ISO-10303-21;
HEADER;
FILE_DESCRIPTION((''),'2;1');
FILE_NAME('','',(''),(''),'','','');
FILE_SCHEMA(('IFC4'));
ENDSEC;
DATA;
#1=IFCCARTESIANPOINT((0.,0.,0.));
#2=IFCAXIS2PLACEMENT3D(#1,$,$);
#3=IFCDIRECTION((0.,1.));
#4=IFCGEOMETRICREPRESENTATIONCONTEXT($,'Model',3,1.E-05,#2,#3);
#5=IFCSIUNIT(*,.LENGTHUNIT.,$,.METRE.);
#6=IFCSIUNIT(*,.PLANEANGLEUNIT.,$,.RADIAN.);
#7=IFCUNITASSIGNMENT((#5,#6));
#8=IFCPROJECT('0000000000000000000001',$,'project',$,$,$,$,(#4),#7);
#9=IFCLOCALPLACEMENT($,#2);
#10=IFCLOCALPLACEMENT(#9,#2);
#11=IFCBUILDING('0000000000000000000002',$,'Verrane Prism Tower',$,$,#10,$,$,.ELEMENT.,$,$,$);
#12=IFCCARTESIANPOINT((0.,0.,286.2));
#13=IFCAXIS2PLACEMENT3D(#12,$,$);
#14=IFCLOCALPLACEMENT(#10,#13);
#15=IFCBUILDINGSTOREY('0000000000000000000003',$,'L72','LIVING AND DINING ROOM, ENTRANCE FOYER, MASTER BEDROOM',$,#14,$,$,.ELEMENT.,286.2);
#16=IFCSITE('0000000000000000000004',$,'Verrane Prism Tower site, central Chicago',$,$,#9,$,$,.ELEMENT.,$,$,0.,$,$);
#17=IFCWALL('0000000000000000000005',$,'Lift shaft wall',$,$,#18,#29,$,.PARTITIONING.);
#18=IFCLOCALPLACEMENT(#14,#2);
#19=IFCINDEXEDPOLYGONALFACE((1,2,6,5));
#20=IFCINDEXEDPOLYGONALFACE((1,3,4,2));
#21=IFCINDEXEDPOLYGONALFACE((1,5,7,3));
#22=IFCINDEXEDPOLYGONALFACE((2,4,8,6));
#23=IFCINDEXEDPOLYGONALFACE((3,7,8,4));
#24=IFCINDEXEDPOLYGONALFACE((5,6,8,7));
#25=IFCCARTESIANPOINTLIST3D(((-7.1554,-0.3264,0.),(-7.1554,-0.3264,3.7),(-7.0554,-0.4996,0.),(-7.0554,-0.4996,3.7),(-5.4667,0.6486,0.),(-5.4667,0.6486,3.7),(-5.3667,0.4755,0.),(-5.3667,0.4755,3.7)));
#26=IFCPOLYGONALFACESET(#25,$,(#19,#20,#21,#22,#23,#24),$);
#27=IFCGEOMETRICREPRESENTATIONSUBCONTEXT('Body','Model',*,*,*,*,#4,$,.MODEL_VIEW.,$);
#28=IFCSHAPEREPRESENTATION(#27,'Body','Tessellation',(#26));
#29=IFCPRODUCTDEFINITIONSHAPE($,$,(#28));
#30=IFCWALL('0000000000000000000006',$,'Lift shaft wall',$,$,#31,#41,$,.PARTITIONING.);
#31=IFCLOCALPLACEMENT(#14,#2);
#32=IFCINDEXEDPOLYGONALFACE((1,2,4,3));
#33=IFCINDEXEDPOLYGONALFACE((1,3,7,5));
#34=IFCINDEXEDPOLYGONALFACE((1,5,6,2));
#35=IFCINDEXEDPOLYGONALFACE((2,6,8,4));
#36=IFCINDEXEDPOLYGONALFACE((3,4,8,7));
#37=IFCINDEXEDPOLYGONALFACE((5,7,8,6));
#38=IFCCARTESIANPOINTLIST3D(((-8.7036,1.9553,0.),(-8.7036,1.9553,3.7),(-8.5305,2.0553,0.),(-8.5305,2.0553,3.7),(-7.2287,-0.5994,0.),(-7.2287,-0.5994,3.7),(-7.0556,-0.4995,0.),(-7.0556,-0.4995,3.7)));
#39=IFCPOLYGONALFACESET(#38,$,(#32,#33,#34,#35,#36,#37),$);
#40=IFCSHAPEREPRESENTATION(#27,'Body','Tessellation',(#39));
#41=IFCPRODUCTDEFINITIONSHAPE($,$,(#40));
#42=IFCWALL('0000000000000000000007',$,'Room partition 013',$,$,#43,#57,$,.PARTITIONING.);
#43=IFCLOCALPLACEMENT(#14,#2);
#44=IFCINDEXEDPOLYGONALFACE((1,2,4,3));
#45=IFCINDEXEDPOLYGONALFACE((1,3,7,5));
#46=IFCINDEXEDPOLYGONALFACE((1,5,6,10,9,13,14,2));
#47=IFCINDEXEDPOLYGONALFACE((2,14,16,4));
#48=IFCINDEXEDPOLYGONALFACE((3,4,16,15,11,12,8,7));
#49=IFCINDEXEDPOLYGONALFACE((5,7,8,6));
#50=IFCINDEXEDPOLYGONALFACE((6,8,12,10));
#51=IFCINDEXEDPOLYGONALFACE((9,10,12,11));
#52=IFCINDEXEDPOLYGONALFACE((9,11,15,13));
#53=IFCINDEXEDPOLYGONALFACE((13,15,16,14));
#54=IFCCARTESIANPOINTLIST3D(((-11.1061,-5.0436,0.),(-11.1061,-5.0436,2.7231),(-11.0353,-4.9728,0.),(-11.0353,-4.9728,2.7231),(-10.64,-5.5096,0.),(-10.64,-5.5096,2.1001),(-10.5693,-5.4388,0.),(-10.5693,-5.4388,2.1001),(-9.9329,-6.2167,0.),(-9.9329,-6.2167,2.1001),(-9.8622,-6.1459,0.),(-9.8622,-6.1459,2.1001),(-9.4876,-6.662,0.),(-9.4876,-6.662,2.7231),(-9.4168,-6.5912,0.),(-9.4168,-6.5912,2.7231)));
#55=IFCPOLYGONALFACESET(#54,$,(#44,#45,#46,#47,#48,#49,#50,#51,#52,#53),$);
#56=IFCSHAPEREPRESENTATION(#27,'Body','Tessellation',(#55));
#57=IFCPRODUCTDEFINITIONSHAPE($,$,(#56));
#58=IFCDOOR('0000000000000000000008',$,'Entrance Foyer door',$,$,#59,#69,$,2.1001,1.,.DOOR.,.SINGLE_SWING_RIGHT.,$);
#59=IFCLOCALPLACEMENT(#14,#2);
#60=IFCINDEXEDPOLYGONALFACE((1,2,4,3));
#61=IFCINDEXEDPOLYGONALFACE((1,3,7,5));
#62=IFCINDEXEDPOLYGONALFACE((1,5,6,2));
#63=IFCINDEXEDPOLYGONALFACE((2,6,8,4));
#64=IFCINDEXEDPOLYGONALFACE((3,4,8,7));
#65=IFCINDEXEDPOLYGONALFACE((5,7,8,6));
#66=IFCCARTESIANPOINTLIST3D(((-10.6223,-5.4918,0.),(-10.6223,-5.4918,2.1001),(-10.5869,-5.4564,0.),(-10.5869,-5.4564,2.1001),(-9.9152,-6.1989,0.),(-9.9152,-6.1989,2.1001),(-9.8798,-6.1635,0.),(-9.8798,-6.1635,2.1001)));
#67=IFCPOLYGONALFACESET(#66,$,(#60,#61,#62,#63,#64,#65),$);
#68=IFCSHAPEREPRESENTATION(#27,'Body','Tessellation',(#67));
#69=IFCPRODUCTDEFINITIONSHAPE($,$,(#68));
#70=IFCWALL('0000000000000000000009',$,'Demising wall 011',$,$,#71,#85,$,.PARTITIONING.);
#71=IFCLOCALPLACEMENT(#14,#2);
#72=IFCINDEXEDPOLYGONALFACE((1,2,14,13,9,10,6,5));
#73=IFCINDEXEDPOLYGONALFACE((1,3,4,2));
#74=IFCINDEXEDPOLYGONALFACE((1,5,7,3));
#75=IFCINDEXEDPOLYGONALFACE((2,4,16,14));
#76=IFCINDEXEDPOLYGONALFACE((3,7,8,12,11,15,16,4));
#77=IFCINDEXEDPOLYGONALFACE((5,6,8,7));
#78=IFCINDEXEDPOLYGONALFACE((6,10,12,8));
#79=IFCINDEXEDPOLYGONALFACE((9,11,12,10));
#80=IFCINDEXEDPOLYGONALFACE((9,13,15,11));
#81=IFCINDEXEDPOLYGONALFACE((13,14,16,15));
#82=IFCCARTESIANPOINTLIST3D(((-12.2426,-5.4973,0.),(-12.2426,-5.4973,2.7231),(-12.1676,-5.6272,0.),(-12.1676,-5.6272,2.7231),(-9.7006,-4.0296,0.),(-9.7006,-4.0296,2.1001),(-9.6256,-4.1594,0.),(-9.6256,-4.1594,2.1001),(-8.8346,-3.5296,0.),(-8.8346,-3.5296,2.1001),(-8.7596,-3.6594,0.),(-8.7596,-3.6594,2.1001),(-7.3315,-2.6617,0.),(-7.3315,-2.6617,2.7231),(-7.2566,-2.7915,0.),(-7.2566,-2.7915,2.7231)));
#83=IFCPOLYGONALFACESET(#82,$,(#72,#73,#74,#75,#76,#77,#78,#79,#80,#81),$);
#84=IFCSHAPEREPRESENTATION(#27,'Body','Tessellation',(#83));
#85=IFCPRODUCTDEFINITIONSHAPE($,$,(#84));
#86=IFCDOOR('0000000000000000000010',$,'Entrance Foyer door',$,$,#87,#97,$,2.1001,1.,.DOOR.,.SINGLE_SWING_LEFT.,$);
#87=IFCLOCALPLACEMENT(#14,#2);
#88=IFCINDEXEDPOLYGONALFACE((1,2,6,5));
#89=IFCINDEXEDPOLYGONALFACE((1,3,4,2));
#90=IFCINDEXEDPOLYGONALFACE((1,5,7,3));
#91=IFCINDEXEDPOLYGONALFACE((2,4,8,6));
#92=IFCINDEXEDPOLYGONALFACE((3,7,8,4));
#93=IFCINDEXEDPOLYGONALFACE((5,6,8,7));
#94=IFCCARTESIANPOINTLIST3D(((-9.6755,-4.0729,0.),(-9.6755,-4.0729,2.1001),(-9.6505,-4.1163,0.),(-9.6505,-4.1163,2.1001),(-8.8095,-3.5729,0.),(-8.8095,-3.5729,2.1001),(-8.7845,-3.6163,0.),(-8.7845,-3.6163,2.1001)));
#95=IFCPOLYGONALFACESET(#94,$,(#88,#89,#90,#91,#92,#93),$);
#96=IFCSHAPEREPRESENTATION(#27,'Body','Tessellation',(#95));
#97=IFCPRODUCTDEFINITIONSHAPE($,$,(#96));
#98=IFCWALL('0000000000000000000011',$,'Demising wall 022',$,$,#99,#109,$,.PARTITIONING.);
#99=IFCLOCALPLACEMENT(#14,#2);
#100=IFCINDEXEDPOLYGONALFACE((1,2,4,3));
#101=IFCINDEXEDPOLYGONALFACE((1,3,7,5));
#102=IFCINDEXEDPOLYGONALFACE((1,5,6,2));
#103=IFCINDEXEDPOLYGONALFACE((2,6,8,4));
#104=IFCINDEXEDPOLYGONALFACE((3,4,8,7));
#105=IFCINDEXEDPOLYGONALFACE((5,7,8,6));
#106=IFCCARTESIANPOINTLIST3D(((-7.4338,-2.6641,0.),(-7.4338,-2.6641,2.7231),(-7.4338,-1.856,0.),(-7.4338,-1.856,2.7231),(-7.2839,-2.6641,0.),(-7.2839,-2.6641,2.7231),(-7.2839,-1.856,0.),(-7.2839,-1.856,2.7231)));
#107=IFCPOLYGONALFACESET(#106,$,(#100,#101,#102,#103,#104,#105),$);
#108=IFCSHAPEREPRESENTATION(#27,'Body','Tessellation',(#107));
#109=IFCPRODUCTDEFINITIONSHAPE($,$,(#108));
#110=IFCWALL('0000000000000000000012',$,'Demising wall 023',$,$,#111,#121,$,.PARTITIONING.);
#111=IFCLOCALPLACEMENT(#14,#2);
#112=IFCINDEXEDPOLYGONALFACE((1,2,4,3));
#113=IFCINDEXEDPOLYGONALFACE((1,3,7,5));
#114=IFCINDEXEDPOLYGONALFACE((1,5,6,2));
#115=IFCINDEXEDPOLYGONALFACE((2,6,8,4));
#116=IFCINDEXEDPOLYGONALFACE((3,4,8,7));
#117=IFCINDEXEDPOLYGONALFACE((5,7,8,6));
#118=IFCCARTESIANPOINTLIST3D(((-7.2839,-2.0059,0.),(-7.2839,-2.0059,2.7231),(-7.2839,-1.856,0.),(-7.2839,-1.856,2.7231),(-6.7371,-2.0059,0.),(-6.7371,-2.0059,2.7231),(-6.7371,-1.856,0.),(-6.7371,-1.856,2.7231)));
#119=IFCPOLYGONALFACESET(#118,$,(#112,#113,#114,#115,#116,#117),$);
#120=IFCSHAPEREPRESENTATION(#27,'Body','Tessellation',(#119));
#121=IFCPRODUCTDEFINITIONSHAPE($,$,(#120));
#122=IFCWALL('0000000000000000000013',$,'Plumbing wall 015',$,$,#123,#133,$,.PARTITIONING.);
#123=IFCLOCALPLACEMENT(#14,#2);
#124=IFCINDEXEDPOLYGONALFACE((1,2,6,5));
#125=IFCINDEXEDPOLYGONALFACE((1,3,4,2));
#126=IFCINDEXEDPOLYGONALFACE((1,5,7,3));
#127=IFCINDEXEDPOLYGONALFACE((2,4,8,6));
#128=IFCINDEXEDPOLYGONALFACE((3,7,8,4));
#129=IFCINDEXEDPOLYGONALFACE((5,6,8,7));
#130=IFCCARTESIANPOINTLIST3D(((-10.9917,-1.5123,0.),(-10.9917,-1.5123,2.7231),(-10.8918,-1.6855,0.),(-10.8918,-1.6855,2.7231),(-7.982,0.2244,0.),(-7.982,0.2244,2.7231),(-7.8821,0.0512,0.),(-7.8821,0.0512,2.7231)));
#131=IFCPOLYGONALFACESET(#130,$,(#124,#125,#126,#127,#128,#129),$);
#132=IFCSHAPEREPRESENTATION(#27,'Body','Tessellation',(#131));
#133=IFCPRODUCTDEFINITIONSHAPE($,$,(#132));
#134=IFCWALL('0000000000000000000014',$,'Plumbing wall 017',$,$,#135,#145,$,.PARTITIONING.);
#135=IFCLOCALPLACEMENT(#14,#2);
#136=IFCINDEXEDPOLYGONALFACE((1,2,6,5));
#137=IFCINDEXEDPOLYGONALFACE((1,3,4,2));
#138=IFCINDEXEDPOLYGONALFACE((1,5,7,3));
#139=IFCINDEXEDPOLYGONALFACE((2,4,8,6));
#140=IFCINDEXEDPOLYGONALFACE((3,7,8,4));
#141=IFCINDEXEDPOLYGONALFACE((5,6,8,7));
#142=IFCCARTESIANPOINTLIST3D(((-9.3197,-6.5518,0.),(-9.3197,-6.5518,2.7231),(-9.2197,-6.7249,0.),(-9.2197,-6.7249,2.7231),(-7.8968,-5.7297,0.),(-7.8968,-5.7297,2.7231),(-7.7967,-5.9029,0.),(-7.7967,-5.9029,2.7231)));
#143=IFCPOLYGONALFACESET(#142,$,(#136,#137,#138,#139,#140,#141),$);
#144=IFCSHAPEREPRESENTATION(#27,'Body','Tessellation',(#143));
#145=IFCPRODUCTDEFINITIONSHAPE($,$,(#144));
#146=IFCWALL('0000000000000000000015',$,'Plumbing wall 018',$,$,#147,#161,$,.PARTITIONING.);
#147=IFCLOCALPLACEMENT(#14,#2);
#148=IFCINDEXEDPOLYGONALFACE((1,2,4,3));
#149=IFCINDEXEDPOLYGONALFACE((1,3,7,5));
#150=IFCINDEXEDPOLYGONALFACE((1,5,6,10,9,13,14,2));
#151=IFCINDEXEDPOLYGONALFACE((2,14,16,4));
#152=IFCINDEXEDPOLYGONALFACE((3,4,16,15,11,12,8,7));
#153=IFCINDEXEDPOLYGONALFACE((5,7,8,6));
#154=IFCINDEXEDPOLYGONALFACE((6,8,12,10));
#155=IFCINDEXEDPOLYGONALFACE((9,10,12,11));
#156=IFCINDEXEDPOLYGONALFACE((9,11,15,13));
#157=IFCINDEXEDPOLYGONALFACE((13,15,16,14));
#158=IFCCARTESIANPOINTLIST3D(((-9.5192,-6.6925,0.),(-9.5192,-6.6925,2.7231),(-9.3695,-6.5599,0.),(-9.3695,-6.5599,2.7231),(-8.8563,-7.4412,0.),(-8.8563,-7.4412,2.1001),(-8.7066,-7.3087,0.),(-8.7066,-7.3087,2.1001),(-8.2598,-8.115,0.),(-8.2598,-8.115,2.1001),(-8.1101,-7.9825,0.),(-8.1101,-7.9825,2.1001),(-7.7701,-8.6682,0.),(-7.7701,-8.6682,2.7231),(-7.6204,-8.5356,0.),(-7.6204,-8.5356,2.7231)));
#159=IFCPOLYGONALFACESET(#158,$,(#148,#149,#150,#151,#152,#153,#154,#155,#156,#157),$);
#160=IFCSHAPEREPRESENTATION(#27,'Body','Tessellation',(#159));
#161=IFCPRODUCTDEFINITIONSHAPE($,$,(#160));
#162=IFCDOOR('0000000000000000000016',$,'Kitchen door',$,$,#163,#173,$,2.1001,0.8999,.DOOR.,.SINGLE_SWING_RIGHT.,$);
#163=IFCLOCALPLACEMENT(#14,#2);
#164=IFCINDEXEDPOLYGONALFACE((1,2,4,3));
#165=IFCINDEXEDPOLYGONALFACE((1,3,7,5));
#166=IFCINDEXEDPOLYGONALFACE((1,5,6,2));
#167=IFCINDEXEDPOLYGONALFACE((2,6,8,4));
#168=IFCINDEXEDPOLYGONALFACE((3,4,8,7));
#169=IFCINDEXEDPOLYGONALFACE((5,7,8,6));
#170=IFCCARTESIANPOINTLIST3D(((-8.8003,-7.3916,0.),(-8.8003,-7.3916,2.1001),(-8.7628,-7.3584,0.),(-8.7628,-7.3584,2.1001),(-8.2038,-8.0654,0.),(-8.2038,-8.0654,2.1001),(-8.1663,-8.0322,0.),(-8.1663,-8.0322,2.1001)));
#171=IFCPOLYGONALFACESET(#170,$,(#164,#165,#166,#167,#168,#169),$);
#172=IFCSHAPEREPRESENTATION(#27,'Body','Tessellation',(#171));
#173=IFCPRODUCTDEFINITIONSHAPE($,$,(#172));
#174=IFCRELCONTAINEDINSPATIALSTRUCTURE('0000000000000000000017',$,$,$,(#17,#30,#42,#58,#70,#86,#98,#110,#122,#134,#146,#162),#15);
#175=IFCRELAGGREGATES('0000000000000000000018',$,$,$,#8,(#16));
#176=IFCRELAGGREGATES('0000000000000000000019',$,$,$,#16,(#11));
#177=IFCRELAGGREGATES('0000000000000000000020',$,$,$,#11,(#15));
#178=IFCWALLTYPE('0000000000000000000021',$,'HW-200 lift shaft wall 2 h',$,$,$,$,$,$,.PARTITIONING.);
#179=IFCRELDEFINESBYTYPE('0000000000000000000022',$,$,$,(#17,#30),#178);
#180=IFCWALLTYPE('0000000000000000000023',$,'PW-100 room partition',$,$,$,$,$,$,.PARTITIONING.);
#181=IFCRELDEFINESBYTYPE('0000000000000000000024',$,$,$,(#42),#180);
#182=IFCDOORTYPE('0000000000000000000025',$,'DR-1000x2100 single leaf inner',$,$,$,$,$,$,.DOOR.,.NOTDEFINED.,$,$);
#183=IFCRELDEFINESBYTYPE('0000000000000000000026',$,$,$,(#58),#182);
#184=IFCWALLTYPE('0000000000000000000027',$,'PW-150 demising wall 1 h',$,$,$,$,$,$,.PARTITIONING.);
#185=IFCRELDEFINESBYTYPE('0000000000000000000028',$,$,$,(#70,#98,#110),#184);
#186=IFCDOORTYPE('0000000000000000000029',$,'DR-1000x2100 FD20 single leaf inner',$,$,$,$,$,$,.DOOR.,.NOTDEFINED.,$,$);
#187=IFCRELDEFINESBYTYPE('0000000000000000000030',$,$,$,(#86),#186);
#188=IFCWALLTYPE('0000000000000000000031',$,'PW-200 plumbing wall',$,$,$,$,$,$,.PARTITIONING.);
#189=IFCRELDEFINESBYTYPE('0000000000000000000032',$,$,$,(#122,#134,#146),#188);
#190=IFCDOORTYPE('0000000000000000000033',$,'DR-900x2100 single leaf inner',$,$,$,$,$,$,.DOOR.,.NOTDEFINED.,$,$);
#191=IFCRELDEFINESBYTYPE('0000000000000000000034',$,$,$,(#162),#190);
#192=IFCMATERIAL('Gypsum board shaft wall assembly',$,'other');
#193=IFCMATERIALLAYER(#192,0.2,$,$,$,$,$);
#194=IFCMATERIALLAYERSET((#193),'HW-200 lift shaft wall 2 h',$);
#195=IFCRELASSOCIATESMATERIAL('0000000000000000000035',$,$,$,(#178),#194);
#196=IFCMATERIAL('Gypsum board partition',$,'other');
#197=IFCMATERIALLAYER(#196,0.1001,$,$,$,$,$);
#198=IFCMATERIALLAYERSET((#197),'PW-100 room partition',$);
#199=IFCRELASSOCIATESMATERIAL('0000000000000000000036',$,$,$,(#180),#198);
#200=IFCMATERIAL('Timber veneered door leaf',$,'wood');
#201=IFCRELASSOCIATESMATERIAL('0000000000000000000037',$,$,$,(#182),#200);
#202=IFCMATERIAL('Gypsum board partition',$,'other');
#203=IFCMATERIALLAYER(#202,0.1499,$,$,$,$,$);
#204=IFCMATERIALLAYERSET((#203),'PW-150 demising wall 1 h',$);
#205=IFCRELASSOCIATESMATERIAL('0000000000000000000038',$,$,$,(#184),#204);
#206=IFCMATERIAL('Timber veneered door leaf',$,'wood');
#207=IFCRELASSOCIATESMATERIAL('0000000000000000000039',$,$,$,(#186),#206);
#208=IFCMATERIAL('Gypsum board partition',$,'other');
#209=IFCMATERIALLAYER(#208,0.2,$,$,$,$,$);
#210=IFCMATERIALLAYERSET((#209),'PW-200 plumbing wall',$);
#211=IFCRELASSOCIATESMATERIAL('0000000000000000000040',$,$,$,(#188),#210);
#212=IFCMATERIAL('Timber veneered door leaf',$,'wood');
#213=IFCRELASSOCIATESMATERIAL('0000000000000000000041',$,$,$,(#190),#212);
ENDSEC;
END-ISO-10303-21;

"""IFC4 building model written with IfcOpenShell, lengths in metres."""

from ifc_helpers import new_model, si_unit, direction, frame, frame_2d, origin, place, context, subcontext, project, spatial, rectangle, extrude, material, layer, layer_set, type_object, element, fill, save


model = new_model("IFC4")

# Units and contexts
model_context = context("Model", 3, precision=1e-05, world=origin(), true_north=direction((0.0, 1.0)))
body_context = subcontext(model_context, "Body", "Model", "MODEL_VIEW")
ifc_project = project(units=[si_unit("LENGTHUNIT", "METRE"), si_unit("PLANEANGLEUNIT", "RADIAN")], contexts=[model_context])

# Site, building, storey
site_placement = place(None, origin())
site = spatial("IfcSite", under=ifc_project, at=site_placement, Name="Verrane Prism Tower site, central Chicago", CompositionType="ELEMENT", RefElevation=0.0)
building_placement = place(site_placement, origin())
building = spatial("IfcBuilding", under=site, at=building_placement, Name="Verrane Prism Tower", CompositionType="ELEMENT")
storey_placement = place(building_placement, frame((0.0, 0.0, 286.2)))
storey = spatial("IfcBuildingStorey", under=building, at=storey_placement, Name="L72", Description="LIVING AND DINING ROOM, ENTRANCE FOYER, MASTER BEDROOM", CompositionType="ELEMENT", Elevation=286.2)

# Shared definitions
ifc_material_1 = material(Name="Gypsum board shaft wall assembly", Category="other")
ifc_layer_1 = layer(ifc_material_1, 0.2)
ifc_layer_set_1 = layer_set([ifc_layer_1], Name="HW-200 lift shaft wall 2 h")
wall_type_1 = type_object("IfcWallType", Name="HW-200 lift shaft wall 2 h", PredefinedType="PARTITIONING", material=ifc_layer_set_1)

# Walls
wall_1_placement = place(storey_placement, frame((-7.1055, -0.4131, 0.0), z_axis=(0.0, 0.0, 1.0), x_axis=(0.866, 0.500044, 0.0)))
element("IfcWall", 1, at=wall_1_placement, inside=storey, type_object=wall_type_1, Name="Lift shaft wall", PredefinedType="PARTITIONING", context=body_context, shape_type="SweptSolid", body=[
    extrude(rectangle(XDim=1.95, YDim=0.2, at=frame_2d((0.9751, 0.0))), origin(), (0.0, 0.0, 1.0), 3.7),
])
wall_2_placement = place(storey_placement, frame((-7.1421, -0.5496, 0.0), z_axis=(0.0, 0.0, 1.0), x_axis=(-0.499976, 0.866039, 0.0)))
element("IfcWall", 2, at=wall_2_placement, inside=storey, type_object=wall_type_1, Name="Lift shaft wall", PredefinedType="PARTITIONING", context=body_context, shape_type="SweptSolid", body=[
    extrude(rectangle(XDim=2.95, YDim=0.2, at=frame_2d((1.4751, 0.0))), origin(), (0.0, 0.0, 1.0), 3.7),
])

# Walls, openings, doors
ifc_material_2 = material(Name="Gypsum board partition", Category="other")
ifc_layer_2 = layer(ifc_material_2, 0.1001)
ifc_layer_set_2 = layer_set([ifc_layer_2], Name="PW-100 room partition")
wall_type_2 = type_object("IfcWallType", Name="PW-100 room partition", PredefinedType="PARTITIONING", material=ifc_layer_set_2)
wall_3_placement = place(storey_placement, frame((-9.4521, -6.6267, 0.0), z_axis=(0.0, 0.0, 1.0), x_axis=(-0.707107, 0.707107, 0.0)))
wall_3 = element("IfcWall", 3, at=wall_3_placement, inside=storey, type_object=wall_type_2, Name="Room partition 013", PredefinedType="PARTITIONING", context=body_context, shape_type="SweptSolid", body=[
    extrude(rectangle(XDim=2.2888, YDim=0.1001, at=frame_2d((1.1445, 0.0))), origin(), (0.0, 0.0, 1.0), 2.7231),
])
opening_1_placement = place(wall_3_placement, frame((0.6299, 0.0, 0.0)))
opening_1 = element("IfcOpeningElement", 4, at=opening_1_placement, cuts=wall_3, PredefinedType="OPENING", context=body_context, shape_type="SweptSolid", body=[
    extrude(rectangle(XDim=1.0, YDim=2.1001, at=frame_2d((0.5, 1.05))), frame((0.0, 0.0601, 0.0), z_axis=(0.0, -1.0, 0.0), x_axis=(1.0, 0.0, 0.0)), (0.0, 0.0, 1.0), 0.1201),
])
ifc_material_3 = material(Name="Timber veneered door leaf", Category="wood")
door_type_1 = type_object("IfcDoorType", Name="DR-1000x2100 single leaf inner", OperationType="NOTDEFINED", PredefinedType="DOOR", material=ifc_material_3)
door_1_placement = place(opening_1_placement, origin())
door_1 = element("IfcDoor", 5, at=door_1_placement, inside=storey, type_object=door_type_1, Name="Entrance Foyer door", OperationType="SINGLE_SWING_RIGHT", OverallHeight=2.1001, OverallWidth=1.0, PredefinedType="DOOR", context=body_context, shape_type="SweptSolid", body=[
    extrude(rectangle(XDim=1.0, YDim=2.1001, at=frame_2d((0.5, 1.05))), frame((0.0, 0.0249, 0.0), z_axis=(0.0, -1.0, 0.0), x_axis=(1.0, 0.0, 0.0)), (0.0, 0.0, 1.0), 0.05),
])
fill(opening_1, door_1)
ifc_material_4 = material(Name="Gypsum board partition", Category="other")
ifc_layer_3 = layer(ifc_material_4, 0.1499)
ifc_layer_set_3 = layer_set([ifc_layer_3], Name="PW-150 demising wall 1 h")
wall_type_3 = type_object("IfcWallType", Name="PW-150 demising wall 1 h", PredefinedType="PARTITIONING", material=ifc_layer_set_3)
wall_4_placement = place(storey_placement, frame((-12.2051, -5.5623, 0.0), z_axis=(0.0, 0.0, 1.0), x_axis=(0.866006, 0.500033, 0.0)))
wall_4 = element("IfcWall", 6, at=wall_4_placement, inside=storey, type_object=wall_type_3, Name="Demising wall 011", PredefinedType="PARTITIONING", context=body_context, shape_type="SweptSolid", body=[
    extrude(rectangle(XDim=5.6709, YDim=0.1499, at=frame_2d((2.8354, 0.0))), origin(), (0.0, 0.0, 1.0), 2.7231),
])
opening_2_placement = place(wall_4_placement, frame((2.9353, 0.0, 0.0)))
opening_2 = element("IfcOpeningElement", 7, at=opening_2_placement, cuts=wall_4, PredefinedType="OPENING", context=body_context, shape_type="SweptSolid", body=[
    extrude(rectangle(XDim=1.0, YDim=2.1001, at=frame_2d((0.5, 1.05))), frame((0.0, 0.085, 0.0), z_axis=(0.0, -1.0, 0.0), x_axis=(1.0, 0.0, 0.0)), (0.0, 0.0, 1.0), 0.1699),
])
ifc_material_5 = material(Name="Timber veneered door leaf", Category="wood")
door_type_2 = type_object("IfcDoorType", Name="DR-1000x2100 FD20 single leaf inner", OperationType="NOTDEFINED", PredefinedType="DOOR", material=ifc_material_5)
door_2_placement = place(opening_2_placement, origin())
door_2 = element("IfcDoor", 8, at=door_2_placement, inside=storey, type_object=door_type_2, Name="Entrance Foyer door", OperationType="SINGLE_SWING_LEFT", OverallHeight=2.1001, OverallWidth=1.0, PredefinedType="DOOR", context=body_context, shape_type="SweptSolid", body=[
    extrude(rectangle(XDim=1.0, YDim=2.1001, at=frame_2d((0.5, 1.05))), frame((0.0, 0.0249, 0.0), z_axis=(0.0, -1.0, 0.0), x_axis=(1.0, 0.0, 0.0)), (0.0, 0.0, 1.0), 0.05),
])
fill(opening_2, door_2)

# Walls
wall_5_placement = place(storey_placement, frame((-7.3589, -2.6641, 0.0), z_axis=(0.0, 0.0, 1.0), x_axis=(0.0, 1.0, 0.0)))
element("IfcWall", 9, at=wall_5_placement, inside=storey, type_object=wall_type_3, Name="Demising wall 022", PredefinedType="PARTITIONING", context=body_context, shape_type="SweptSolid", body=[
    extrude(rectangle(XDim=0.8081, YDim=0.1499, at=frame_2d((0.4041, 0.0))), origin(), (0.0, 0.0, 1.0), 2.7231),
])
wall_6_placement = place(storey_placement, frame((-7.2839, -1.9309, 0.0), z_axis=(0.0, 0.0, 1.0), x_axis=(1.0, 0.0, 0.0)))
element("IfcWall", 10, at=wall_6_placement, inside=storey, type_object=wall_type_3, Name="Demising wall 023", PredefinedType="PARTITIONING", context=body_context, shape_type="SweptSolid", body=[
    extrude(rectangle(XDim=0.5469, YDim=0.1499, at=frame_2d((0.2734, 0.0))), origin(), (0.0, 0.0, 1.0), 2.7231),
])
ifc_material_6 = material(Name="Gypsum board partition", Category="other")
ifc_layer_4 = layer(ifc_material_6, 0.2)
ifc_layer_set_4 = layer_set([ifc_layer_4], Name="PW-200 plumbing wall")
wall_type_4 = type_object("IfcWallType", Name="PW-200 plumbing wall", PredefinedType="PARTITIONING", material=ifc_layer_set_4)
wall_7_placement = place(storey_placement, frame((-10.9417, -1.5989, 0.0), z_axis=(0.0, 0.0, 1.0), x_axis=(0.866134, 0.499812, 0.0)))
element("IfcWall", 11, at=wall_7_placement, inside=storey, type_object=wall_type_4, Name="Plumbing wall 015", PredefinedType="PARTITIONING", context=body_context, shape_type="SweptSolid", body=[
    extrude(rectangle(XDim=3.4749, YDim=0.2, at=frame_2d((1.7373, 0.0))), origin(), (0.0, 0.0, 1.0), 2.7231),
])
wall_8_placement = place(storey_placement, frame((-9.2698, -6.6384, 0.0), z_axis=(0.0, 0.0, 1.0), x_axis=(0.865884, 0.500245, 0.0)))
element("IfcWall", 12, at=wall_8_placement, inside=storey, type_object=wall_type_4, Name="Plumbing wall 017", PredefinedType="PARTITIONING", context=body_context, shape_type="SweptSolid", body=[
    extrude(rectangle(XDim=1.6433, YDim=0.2, at=frame_2d((0.8218, 0.0))), origin(), (0.0, 0.0, 1.0), 2.7231),
])

# Wall, opening, door
wall_9_placement = place(storey_placement, frame((-9.4443, -6.6262, 0.0), z_axis=(0.0, 0.0, 1.0), x_axis=(0.662869, -0.748735, 0.0)))
wall_9 = element("IfcWall", 13, at=wall_9_placement, inside=storey, type_object=wall_type_4, Name="Plumbing wall 018", PredefinedType="PARTITIONING", context=body_context, shape_type="SweptSolid", body=[
    extrude(rectangle(XDim=2.6387, YDim=0.2, at=frame_2d((1.3193, 0.0))), origin(), (0.0, 0.0, 1.0), 2.7231),
])
opening_3_placement = place(wall_9_placement, frame((1.0, 0.0, 0.0)))
opening_3 = element("IfcOpeningElement", 14, at=opening_3_placement, cuts=wall_9, PredefinedType="OPENING", context=body_context, shape_type="SweptSolid", body=[
    extrude(rectangle(XDim=0.8999, YDim=2.1001, at=frame_2d((0.45, 1.05))), frame((0.0, 0.1099, 0.0), z_axis=(0.0, -1.0, 0.0), x_axis=(1.0, 0.0, 0.0)), (0.0, 0.0, 1.0), 0.22),
])
ifc_material_7 = material(Name="Timber veneered door leaf", Category="wood")
door_type_3 = type_object("IfcDoorType", Name="DR-900x2100 single leaf inner", OperationType="NOTDEFINED", PredefinedType="DOOR", material=ifc_material_7)
door_3_placement = place(opening_3_placement, origin())
door_3 = element("IfcDoor", 15, at=door_3_placement, inside=storey, type_object=door_type_3, Name="Kitchen door", OperationType="SINGLE_SWING_RIGHT", OverallHeight=2.1001, OverallWidth=0.8999, PredefinedType="DOOR", context=body_context, shape_type="SweptSolid", body=[
    extrude(rectangle(XDim=0.8999, YDim=2.1001, at=frame_2d((0.45, 1.05))), frame((0.0, 0.0249, 0.0), z_axis=(0.0, -1.0, 0.0), x_axis=(1.0, 0.0, 0.0)), (0.0, 0.0, 1.0), 0.05),
])
fill(opening_3, door_3)

save(model, "model.ifc")
